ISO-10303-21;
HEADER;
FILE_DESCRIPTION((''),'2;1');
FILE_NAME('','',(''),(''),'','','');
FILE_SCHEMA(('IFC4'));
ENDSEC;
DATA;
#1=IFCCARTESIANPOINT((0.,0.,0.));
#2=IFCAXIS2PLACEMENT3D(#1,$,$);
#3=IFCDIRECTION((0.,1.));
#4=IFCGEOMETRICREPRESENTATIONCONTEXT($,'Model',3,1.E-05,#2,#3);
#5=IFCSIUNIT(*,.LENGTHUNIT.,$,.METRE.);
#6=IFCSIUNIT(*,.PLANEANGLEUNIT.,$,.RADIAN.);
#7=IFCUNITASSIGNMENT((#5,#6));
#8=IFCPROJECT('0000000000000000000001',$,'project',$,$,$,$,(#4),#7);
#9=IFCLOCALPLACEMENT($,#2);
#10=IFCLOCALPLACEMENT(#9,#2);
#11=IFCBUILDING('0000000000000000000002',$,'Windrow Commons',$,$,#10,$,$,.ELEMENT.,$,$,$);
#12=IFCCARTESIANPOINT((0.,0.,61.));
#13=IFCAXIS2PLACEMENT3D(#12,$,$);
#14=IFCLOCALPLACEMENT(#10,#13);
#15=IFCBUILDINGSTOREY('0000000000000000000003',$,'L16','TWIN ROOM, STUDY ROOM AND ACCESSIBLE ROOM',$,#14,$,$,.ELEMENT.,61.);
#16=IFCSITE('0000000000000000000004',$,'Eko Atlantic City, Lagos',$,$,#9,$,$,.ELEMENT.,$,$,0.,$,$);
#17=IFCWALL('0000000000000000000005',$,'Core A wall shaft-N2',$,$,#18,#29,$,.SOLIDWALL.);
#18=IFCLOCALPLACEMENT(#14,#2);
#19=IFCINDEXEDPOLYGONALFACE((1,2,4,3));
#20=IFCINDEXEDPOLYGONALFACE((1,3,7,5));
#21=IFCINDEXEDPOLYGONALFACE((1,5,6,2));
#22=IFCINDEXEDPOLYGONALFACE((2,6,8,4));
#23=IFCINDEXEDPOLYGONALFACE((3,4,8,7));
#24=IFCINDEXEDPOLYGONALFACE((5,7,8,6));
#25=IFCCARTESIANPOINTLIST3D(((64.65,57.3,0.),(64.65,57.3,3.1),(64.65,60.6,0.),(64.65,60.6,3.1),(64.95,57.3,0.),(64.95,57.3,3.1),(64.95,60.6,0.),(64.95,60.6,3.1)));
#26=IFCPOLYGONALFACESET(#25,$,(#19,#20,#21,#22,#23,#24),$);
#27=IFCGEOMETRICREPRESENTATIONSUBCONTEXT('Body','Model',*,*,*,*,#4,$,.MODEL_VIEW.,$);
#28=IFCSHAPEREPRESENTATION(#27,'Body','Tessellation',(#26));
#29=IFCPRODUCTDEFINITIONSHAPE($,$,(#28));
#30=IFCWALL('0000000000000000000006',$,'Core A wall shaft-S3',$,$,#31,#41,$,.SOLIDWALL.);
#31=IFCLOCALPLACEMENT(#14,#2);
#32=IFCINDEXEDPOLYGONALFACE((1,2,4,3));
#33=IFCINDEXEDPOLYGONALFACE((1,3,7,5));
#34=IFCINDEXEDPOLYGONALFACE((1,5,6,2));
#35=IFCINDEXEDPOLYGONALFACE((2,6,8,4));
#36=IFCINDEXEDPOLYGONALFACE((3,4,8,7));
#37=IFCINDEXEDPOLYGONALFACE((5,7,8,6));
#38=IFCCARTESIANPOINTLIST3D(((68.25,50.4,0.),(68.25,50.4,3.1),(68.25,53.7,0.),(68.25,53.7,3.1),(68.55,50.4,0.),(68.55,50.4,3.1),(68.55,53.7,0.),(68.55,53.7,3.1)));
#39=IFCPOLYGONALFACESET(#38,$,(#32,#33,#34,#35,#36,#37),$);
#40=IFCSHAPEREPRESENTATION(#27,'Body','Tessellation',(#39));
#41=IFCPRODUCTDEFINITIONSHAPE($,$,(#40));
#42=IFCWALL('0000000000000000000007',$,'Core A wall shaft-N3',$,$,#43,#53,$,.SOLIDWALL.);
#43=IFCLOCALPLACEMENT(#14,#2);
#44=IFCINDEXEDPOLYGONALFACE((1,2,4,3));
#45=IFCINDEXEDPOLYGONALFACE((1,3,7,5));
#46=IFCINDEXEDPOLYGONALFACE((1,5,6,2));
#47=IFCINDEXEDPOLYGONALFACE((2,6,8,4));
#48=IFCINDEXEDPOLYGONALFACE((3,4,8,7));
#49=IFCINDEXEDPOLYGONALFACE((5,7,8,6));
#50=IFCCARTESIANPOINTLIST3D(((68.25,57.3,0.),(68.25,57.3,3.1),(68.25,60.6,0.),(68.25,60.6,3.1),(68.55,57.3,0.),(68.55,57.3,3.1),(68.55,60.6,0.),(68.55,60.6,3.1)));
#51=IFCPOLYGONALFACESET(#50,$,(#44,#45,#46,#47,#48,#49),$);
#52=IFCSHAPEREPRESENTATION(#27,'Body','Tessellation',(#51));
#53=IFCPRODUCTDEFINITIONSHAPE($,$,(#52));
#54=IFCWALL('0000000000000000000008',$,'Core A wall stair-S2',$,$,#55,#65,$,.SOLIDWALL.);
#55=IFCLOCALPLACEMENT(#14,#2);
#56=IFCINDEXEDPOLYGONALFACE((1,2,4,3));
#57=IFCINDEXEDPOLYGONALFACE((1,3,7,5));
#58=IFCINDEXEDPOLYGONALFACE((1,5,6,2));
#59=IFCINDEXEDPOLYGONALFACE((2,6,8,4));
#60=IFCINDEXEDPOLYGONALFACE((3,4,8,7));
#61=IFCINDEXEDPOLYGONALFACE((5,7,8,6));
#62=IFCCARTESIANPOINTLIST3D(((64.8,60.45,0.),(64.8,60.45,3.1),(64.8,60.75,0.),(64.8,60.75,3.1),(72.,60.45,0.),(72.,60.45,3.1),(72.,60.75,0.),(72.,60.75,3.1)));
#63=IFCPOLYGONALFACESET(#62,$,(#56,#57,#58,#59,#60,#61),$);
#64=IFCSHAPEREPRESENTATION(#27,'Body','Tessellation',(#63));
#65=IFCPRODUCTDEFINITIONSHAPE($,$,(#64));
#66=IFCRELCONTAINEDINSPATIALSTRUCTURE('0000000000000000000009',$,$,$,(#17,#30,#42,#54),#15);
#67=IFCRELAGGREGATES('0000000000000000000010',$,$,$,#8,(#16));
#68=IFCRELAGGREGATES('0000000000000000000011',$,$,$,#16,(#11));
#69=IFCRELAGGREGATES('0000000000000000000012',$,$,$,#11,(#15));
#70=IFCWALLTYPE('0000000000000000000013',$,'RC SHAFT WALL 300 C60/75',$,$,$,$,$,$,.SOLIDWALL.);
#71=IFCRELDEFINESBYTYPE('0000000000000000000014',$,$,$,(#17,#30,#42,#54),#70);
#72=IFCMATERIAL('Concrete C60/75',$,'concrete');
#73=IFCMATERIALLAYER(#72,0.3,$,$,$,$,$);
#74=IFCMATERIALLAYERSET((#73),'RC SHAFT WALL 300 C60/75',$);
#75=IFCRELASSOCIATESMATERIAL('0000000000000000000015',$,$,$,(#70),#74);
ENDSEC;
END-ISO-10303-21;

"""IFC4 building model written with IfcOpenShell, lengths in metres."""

from ifc_helpers import new_model, si_unit, direction, frame, frame_2d, origin, place, context, subcontext, project, spatial, rectangle, extrude, material, layer, layer_set, type_object, element, save


model = new_model("IFC4")

# Units and contexts
model_context = context("Model", 3, precision=1e-05, world=origin(), true_north=direction((0.0, 1.0)))
body_context = subcontext(model_context, "Body", "Model", "MODEL_VIEW")
ifc_project = project(units=[si_unit("LENGTHUNIT", "METRE"), si_unit("PLANEANGLEUNIT", "RADIAN")], contexts=[model_context])

# Site, building, storey
site_placement = place(None, origin())
site = spatial("IfcSite", under=ifc_project, at=site_placement, Name="Eko Atlantic City, Lagos", CompositionType="ELEMENT", RefElevation=0.0)
building_placement = place(site_placement, origin())
building = spatial("IfcBuilding", under=site, at=building_placement, Name="Windrow Commons", CompositionType="ELEMENT")
storey_placement = place(building_placement, frame((0.0, 0.0, 61.0)))
storey = spatial("IfcBuildingStorey", under=building, at=storey_placement, Name="L16", Description="TWIN ROOM, STUDY ROOM AND ACCESSIBLE ROOM", CompositionType="ELEMENT", Elevation=61.0)

# Walls
ifc_material_1 = material(Name="Concrete C60/75", Category="concrete")
ifc_layer_1 = layer(ifc_material_1, 0.3)
ifc_layer_set_1 = layer_set([ifc_layer_1], Name="RC SHAFT WALL 300 C60/75")
wall_type_1 = type_object("IfcWallType", Name="RC SHAFT WALL 300 C60/75", PredefinedType="SOLIDWALL", material=ifc_layer_set_1)
for number, where, z_axis, x_axis, name in (
    (1, (64.8, 57.3, 0.0), (0.0, 0.0, 1.0), (0.0, 1.0, 0.0), "Core A wall shaft-N2"),
    (2, (68.4, 50.4, 0.0), (0.0, 0.0, 1.0), (0.0, 1.0, 0.0), "Core A wall shaft-S3"),
    (3, (68.4, 57.3, 0.0), (0.0, 0.0, 1.0), (0.0, 1.0, 0.0), "Core A wall shaft-N3"),
):
    element("IfcWall", number, at=place(storey_placement, frame(where, z_axis=z_axis, x_axis=x_axis)), inside=storey, type_object=wall_type_1, Name=name, PredefinedType="SOLIDWALL", context=body_context, shape_type="SweptSolid", body=[
        extrude(rectangle(XDim=3.3, YDim=0.3, at=frame_2d((1.65, 0.0))), origin(), (0.0, 0.0, 1.0), 3.1),
    ])
wall_1_placement = place(storey_placement, frame((64.8, 60.6, 0.0), z_axis=(0.0, 0.0, 1.0), x_axis=(1.0, 0.0, 0.0)))
element("IfcWall", 4, at=wall_1_placement, inside=storey, type_object=wall_type_1, Name="Core A wall stair-S2", PredefinedType="SOLIDWALL", context=body_context, shape_type="SweptSolid", body=[
    extrude(rectangle(XDim=7.2, YDim=0.3, at=frame_2d((3.6, 0.0))), origin(), (0.0, 0.0, 1.0), 3.1),
])

save(model, "model.ifc")
